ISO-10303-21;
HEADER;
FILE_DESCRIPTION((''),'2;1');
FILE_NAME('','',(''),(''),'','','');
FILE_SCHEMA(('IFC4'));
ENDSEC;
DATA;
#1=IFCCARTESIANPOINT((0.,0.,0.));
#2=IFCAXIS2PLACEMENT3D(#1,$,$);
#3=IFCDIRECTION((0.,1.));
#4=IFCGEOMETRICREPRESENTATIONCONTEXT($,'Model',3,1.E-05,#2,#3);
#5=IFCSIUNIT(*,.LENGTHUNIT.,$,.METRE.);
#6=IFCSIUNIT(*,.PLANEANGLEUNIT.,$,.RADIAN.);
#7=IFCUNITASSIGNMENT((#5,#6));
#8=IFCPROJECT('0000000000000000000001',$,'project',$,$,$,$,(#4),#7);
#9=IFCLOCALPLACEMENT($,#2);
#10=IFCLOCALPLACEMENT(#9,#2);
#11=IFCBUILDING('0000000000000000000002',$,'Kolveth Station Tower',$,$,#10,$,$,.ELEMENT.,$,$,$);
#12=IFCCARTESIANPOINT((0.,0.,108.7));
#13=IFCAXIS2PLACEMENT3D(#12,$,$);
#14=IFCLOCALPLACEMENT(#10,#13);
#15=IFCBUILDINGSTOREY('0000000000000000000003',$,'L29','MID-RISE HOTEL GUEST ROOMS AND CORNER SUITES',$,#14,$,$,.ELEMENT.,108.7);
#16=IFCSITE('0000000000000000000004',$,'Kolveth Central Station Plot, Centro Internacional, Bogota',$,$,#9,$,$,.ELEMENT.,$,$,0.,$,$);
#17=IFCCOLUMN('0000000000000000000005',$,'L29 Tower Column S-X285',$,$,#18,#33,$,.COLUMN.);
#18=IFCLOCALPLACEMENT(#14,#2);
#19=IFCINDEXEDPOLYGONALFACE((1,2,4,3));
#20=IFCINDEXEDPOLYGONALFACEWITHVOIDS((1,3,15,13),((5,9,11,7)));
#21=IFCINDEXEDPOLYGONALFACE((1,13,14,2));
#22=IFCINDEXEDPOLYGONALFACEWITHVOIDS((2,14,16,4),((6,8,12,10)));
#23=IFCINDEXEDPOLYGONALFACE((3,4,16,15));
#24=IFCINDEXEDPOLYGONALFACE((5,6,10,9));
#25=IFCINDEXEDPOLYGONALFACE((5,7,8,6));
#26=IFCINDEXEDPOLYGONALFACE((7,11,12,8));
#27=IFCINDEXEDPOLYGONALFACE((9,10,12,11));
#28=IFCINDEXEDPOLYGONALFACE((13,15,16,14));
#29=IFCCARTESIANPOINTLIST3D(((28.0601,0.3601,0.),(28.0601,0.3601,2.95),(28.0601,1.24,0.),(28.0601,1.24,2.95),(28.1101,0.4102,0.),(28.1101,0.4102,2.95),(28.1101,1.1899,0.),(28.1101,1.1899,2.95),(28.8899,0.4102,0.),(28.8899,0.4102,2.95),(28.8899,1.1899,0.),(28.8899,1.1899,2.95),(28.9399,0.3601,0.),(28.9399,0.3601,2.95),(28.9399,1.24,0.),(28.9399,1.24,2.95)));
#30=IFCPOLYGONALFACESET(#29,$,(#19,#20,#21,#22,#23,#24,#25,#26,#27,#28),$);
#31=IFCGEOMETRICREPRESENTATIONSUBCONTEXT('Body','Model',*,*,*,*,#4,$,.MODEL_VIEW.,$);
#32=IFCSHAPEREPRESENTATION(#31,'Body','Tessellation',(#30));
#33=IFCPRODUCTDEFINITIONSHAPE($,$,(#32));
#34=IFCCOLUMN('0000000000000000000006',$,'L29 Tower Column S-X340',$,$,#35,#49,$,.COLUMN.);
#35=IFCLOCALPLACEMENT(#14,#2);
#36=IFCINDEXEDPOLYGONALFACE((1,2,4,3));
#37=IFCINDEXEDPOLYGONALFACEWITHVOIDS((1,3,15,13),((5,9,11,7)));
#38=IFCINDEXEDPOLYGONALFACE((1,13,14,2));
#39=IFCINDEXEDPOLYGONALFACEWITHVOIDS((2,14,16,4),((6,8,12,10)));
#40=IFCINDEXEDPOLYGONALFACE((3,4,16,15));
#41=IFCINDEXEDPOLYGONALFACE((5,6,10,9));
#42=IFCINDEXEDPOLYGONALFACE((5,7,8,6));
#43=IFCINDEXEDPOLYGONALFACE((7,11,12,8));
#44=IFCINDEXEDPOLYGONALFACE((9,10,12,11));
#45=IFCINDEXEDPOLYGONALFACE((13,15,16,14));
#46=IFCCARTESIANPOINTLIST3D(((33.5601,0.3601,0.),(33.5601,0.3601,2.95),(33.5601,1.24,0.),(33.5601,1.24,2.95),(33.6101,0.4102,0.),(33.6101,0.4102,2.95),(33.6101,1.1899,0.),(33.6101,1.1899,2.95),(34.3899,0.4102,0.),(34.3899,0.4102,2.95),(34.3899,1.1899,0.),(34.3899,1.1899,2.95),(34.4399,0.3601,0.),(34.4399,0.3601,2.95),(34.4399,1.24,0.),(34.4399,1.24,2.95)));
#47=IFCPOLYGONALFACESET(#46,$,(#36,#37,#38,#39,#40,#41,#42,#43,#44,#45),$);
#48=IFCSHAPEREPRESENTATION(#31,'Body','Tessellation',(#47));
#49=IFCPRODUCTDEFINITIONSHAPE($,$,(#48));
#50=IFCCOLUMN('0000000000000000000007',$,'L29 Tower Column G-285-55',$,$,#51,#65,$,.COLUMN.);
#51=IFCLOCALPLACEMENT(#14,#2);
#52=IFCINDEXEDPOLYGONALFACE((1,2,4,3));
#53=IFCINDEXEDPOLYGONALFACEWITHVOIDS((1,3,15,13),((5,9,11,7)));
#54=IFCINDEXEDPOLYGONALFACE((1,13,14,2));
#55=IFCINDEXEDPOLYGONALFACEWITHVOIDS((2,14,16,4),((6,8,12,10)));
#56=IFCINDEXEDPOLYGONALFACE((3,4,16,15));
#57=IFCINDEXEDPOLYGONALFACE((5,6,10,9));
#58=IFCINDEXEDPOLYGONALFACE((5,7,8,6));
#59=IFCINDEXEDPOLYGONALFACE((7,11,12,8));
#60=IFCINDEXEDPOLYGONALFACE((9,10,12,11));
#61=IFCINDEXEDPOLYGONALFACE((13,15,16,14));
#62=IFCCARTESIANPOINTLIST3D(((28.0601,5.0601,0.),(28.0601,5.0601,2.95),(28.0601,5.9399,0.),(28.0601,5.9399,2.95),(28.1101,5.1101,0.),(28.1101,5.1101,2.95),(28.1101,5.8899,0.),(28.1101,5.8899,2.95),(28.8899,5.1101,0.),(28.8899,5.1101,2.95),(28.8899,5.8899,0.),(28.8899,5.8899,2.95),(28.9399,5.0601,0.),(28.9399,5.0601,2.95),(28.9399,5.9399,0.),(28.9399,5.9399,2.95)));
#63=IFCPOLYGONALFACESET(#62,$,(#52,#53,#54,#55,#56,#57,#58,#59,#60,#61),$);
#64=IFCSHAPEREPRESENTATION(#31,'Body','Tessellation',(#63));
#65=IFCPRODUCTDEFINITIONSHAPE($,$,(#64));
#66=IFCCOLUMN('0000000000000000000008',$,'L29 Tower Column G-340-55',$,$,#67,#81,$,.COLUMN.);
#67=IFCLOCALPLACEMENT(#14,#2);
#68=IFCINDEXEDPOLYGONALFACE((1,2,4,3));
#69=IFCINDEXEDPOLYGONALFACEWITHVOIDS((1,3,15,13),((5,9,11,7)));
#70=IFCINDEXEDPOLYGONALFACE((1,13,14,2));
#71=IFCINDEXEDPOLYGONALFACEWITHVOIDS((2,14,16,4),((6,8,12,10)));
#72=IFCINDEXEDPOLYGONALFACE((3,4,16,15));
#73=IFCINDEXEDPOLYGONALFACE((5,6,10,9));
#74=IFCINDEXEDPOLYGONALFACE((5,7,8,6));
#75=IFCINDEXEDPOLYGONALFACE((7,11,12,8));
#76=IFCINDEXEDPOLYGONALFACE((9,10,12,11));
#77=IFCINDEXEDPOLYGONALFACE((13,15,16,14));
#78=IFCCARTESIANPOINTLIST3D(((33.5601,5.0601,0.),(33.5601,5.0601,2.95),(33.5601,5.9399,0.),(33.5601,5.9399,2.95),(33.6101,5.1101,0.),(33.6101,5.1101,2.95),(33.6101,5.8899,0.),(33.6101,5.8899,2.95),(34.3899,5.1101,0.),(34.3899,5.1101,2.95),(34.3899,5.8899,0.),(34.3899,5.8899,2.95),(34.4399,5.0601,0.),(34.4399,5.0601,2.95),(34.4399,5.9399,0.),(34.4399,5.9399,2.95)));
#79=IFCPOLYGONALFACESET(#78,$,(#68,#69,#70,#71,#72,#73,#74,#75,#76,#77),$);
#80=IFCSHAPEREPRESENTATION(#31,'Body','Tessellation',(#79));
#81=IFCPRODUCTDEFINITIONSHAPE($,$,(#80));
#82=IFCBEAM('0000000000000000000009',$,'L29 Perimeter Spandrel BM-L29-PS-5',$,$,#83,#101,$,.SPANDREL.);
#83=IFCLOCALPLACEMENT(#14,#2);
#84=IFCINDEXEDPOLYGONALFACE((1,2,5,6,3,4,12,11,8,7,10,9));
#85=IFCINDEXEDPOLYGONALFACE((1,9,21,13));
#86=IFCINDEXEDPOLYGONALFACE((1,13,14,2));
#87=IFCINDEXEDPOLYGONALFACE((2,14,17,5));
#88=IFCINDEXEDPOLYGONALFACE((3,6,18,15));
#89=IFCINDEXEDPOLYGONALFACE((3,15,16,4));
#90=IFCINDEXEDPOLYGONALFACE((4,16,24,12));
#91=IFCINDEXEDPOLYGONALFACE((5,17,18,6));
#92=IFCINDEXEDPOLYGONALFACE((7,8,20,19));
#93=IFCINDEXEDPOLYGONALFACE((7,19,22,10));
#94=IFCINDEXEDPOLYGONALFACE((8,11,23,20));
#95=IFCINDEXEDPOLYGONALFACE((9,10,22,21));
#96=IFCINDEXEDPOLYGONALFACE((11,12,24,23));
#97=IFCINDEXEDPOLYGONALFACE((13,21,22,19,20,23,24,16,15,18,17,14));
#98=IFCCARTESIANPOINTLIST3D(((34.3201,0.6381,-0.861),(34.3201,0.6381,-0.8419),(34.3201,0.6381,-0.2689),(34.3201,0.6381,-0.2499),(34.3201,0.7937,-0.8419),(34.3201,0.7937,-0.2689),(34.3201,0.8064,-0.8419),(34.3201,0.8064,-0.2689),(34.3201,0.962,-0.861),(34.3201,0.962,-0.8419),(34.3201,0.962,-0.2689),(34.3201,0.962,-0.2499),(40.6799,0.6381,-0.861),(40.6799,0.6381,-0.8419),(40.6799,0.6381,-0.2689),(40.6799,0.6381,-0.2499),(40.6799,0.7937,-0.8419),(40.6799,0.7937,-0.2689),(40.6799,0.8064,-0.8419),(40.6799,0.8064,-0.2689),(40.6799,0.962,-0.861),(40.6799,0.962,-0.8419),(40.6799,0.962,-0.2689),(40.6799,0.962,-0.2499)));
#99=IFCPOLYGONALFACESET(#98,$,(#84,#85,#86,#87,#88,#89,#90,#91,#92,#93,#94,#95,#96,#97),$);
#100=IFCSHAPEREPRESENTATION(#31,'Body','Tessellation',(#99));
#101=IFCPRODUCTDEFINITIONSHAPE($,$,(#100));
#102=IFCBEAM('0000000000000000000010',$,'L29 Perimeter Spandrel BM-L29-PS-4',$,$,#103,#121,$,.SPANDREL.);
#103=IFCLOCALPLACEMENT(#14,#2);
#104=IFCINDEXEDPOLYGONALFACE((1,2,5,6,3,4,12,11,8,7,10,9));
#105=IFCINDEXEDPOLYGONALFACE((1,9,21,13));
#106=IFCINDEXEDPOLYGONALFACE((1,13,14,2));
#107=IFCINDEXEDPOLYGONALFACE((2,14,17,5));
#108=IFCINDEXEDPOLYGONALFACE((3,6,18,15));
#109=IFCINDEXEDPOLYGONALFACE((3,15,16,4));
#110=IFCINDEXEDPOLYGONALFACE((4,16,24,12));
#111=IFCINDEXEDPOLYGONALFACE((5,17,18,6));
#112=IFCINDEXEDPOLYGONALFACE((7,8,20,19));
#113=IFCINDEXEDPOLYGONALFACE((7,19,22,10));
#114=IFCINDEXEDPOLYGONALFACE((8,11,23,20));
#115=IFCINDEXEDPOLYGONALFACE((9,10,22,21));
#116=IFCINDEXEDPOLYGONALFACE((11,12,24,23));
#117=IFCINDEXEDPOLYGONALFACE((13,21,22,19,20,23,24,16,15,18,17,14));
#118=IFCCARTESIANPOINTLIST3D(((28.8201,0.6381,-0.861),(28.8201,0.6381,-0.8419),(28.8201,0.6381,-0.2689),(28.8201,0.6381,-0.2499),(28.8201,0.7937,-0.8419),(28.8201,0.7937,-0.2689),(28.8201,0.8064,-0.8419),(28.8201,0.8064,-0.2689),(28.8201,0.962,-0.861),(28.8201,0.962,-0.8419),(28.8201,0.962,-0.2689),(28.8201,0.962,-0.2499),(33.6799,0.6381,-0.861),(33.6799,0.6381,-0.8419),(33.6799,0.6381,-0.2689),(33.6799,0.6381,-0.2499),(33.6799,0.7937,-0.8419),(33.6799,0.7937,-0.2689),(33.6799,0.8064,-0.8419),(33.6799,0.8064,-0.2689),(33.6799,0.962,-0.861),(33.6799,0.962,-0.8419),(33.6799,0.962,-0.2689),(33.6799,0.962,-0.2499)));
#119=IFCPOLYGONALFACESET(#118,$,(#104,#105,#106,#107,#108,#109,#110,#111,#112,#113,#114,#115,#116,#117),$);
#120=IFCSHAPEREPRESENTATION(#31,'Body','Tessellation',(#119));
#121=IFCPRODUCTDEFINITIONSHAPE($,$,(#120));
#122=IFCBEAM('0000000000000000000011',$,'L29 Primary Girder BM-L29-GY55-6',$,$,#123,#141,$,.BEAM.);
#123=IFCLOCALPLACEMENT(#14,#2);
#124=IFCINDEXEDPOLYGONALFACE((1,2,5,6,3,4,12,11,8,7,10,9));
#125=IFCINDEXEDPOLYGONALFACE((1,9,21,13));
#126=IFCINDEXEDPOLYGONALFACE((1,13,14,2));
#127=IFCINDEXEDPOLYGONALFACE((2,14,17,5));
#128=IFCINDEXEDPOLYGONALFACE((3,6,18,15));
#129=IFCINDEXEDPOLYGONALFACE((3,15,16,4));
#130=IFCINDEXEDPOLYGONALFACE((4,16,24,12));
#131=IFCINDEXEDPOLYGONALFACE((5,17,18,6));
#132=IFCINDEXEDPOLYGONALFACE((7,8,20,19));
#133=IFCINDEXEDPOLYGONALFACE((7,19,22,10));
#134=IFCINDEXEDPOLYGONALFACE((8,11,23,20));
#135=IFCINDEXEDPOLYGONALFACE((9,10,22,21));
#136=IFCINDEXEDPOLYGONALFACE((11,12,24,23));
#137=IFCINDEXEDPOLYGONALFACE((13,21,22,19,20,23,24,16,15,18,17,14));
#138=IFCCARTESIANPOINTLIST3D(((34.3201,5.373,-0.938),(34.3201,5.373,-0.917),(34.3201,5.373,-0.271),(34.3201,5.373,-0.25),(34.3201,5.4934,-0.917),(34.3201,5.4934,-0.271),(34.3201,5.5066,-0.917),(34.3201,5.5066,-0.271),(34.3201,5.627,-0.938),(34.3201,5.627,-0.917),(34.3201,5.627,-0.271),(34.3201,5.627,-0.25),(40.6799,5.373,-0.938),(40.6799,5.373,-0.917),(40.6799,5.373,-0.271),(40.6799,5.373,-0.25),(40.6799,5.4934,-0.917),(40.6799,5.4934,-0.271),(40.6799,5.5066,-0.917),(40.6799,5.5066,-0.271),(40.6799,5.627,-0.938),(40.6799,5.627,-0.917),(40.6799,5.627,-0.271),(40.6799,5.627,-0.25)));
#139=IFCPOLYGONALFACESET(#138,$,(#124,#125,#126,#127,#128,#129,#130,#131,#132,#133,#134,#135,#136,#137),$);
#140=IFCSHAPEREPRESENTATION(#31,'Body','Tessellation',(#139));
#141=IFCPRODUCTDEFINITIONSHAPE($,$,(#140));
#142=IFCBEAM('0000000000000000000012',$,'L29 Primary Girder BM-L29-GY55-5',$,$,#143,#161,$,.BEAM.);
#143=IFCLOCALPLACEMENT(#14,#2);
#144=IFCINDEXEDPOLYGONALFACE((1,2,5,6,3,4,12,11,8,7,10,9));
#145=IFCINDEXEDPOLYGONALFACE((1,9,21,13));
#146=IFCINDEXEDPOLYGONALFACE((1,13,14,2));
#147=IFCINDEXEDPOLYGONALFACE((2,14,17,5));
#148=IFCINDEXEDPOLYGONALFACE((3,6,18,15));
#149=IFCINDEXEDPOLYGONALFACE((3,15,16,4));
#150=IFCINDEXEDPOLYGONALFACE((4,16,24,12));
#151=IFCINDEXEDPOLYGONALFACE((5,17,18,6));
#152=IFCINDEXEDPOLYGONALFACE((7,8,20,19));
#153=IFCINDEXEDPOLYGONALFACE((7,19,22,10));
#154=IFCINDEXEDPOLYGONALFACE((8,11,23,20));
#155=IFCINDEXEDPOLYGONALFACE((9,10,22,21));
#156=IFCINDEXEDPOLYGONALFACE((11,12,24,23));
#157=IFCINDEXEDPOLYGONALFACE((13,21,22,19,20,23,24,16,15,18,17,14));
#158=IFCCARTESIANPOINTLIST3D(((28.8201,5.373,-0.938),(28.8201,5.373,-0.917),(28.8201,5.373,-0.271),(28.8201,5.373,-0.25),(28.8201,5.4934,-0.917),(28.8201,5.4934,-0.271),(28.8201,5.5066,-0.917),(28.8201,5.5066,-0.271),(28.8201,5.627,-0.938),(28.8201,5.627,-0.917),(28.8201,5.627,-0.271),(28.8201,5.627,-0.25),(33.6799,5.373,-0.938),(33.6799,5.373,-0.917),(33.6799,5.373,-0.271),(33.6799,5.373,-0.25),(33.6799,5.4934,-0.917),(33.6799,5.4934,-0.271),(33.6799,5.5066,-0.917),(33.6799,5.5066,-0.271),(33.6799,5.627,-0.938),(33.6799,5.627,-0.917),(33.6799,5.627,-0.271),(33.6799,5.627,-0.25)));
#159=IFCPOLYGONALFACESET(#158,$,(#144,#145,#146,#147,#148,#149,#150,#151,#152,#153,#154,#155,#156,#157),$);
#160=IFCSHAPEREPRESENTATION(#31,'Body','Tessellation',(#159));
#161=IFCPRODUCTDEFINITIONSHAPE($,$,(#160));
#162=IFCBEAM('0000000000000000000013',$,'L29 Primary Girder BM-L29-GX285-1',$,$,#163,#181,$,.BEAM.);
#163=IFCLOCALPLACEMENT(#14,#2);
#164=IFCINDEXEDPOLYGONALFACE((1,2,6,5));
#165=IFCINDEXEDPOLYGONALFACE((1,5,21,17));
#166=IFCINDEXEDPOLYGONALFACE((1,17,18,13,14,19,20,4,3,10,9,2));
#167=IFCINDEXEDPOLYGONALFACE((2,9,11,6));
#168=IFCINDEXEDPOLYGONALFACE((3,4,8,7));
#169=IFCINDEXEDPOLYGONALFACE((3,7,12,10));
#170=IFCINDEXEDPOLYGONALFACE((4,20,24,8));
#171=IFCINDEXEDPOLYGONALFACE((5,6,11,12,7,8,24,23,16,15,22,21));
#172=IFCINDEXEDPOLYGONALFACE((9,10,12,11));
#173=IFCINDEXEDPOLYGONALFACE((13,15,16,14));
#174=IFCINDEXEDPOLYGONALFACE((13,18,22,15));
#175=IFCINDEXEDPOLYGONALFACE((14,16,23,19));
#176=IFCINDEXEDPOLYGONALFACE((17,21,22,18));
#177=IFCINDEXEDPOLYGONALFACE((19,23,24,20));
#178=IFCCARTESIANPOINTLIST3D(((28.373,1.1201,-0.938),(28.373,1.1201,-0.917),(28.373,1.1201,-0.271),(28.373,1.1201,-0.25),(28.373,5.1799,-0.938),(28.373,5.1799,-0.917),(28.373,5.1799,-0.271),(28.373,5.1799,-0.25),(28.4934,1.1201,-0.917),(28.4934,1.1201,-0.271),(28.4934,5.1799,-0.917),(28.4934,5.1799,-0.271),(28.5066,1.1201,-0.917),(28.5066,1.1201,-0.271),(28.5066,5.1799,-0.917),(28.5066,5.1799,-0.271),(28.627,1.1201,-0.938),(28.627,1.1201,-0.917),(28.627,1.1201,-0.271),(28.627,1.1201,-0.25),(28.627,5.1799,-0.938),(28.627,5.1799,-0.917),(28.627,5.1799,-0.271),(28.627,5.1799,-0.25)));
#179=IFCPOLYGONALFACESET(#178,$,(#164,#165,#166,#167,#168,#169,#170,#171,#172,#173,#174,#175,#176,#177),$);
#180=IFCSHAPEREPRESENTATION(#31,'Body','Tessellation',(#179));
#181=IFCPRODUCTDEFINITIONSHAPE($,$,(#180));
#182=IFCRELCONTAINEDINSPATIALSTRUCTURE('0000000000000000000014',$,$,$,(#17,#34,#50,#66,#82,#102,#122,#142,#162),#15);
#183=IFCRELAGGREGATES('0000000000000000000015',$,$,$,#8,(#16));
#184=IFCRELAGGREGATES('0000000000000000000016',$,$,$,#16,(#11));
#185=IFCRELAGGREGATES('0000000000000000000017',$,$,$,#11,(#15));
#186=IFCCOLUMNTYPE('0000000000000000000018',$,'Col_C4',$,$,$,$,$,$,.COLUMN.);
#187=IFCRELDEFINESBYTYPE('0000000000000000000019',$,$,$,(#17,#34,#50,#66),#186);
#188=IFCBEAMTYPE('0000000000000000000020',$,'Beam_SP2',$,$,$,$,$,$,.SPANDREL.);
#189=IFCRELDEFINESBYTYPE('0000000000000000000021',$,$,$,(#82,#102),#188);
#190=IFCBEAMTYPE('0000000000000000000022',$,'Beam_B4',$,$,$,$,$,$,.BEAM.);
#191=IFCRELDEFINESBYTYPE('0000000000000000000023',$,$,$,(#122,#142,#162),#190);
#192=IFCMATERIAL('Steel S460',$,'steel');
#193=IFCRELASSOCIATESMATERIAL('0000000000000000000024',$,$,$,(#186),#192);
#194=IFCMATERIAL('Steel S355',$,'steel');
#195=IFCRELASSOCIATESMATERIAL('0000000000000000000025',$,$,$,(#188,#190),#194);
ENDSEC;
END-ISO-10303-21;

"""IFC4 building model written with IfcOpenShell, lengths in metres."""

from ifc_helpers import new_model, si_unit, direction, frame, origin, origin_2d, place, context, subcontext, project, spatial, hollow_rectangle, i_section, extrude, source, transform, mapped, material, material_profile, profile_set, type_object, element, save


model = new_model("IFC4")

# Units and contexts
model_context = context("Model", 3, precision=1e-05, world=origin(), true_north=direction((0.0, 1.0)))
body_context = subcontext(model_context, "Body", "Model", "MODEL_VIEW")
ifc_project = project(units=[si_unit("LENGTHUNIT", "METRE"), si_unit("PLANEANGLEUNIT", "RADIAN")], contexts=[model_context])

# Site, building, storey
site_placement = place(None, origin())
site = spatial("IfcSite", under=ifc_project, at=site_placement, Name="Kolveth Central Station Plot, Centro Internacional, Bogota", CompositionType="ELEMENT", RefElevation=0.0)
building_placement = place(site_placement, origin())
building = spatial("IfcBuilding", under=site, at=building_placement, Name="Kolveth Station Tower", CompositionType="ELEMENT")
storey_placement = place(building_placement, frame((0.0, 0.0, 108.7)))
storey = spatial("IfcBuildingStorey", under=building, at=storey_placement, Name="L29", Description="MID-RISE HOTEL GUEST ROOMS AND CORNER SUITES", CompositionType="ELEMENT", Elevation=108.7)

# Columns
ifc_material_1 = material(Name="Steel S460", Category="steel")
ifc_material_profile_1 = material_profile(ifc_material_1, hollow_rectangle(XDim=0.8799, YDim=0.8799, WallThickness=0.05, at=origin_2d()), Name="BOX880x880x50")
ifc_profile_set_1 = profile_set([ifc_material_profile_1], Name="Steel S460")
column_type = type_object("IfcColumnType", Name="Col_C4", PredefinedType="COLUMN", material=ifc_profile_set_1)
shared_shape_1 = source(origin(), body_context, "Body", "SweptSolid", [
    extrude(hollow_rectangle(XDim=0.8799, YDim=0.8799, WallThickness=0.05, at=origin_2d()), origin(), (0.0, 0.0, 1.0), 2.95),
])
for number, where, z_axis, x_axis, name in (
    (1, (28.5, 0.8, 0.0), (0.0, 0.0, 1.0), (1.0, 0.0, 0.0), "L29 Tower Column S-X285"),
    (2, (34.0, 0.8, 0.0), (0.0, 0.0, 1.0), (1.0, 0.0, 0.0), "L29 Tower Column S-X340"),
    (3, (28.5, 5.5, 0.0), (0.0, 0.0, 1.0), (1.0, 0.0, 0.0), "L29 Tower Column G-285-55"),
    (4, (34.0, 5.5, 0.0), (0.0, 0.0, 1.0), (1.0, 0.0, 0.0), "L29 Tower Column G-340-55"),
):
    element("IfcColumn", number, at=place(storey_placement, frame(where, z_axis=z_axis, x_axis=x_axis)), inside=storey, type_object=column_type, Name=name, PredefinedType="COLUMN", context=body_context, shape_type="MappedRepresentation", body=[
        mapped(shared_shape_1, transform((0.0, 0.0, 0.0), x_axis=(1.0, 0.0, 0.0), y_axis=(0.0, 1.0, 0.0), z_axis=(0.0, 0.0, 1.0), scale=1.0)),
    ])

# Beams
ifc_material_2 = material(Name="Steel S355", Category="steel")
ifc_material_profile_2 = material_profile(ifc_material_2, i_section(OverallWidth=0.324, OverallDepth=0.6111, WebThickness=0.0127, FlangeThickness=0.019, at=origin_2d()), Name="W610x155")
ifc_profile_set_2 = profile_set([ifc_material_profile_2], Name="Steel S355")
beam_type_1 = type_object("IfcBeamType", Name="Beam_SP2", PredefinedType="SPANDREL", material=ifc_profile_set_2)
shared_shape_2 = source(origin(), body_context, "Body", "SweptSolid", [
    extrude(i_section(OverallWidth=0.324, OverallDepth=0.6111, WebThickness=0.0127, FlangeThickness=0.019, at=origin_2d()), origin(), (0.0, 0.0, 1.0), 6.3599),
])
beam_1_placement = place(storey_placement, frame((34.3201, 0.8, -0.5554), z_axis=(1.0, 0.0, 0.0), x_axis=(0.0, 1.0, 0.0)))
element("IfcBeam", 5, at=beam_1_placement, inside=storey, type_object=beam_type_1, Name="L29 Perimeter Spandrel BM-L29-PS-5", PredefinedType="SPANDREL", context=body_context, shape_type="MappedRepresentation", body=[
    mapped(shared_shape_2, transform((0.0, 0.0, 0.0), x_axis=(1.0, 0.0, 0.0), y_axis=(0.0, 1.0, 0.0), z_axis=(0.0, 0.0, 1.0), scale=1.0)),
])
shared_shape_3 = source(origin(), body_context, "Body", "SweptSolid", [
    extrude(i_section(OverallWidth=0.324, OverallDepth=0.6111, WebThickness=0.0127, FlangeThickness=0.019, at=origin_2d()), origin(), (0.0, 0.0, 1.0), 4.8599),
])
beam_2_placement = place(storey_placement, frame((28.8201, 0.8, -0.5554), z_axis=(1.0, 0.0, 0.0), x_axis=(0.0, 1.0, 0.0)))
element("IfcBeam", 6, at=beam_2_placement, inside=storey, type_object=beam_type_1, Name="L29 Perimeter Spandrel BM-L29-PS-4", PredefinedType="SPANDREL", context=body_context, shape_type="MappedRepresentation", body=[
    mapped(shared_shape_3, transform((0.0, 0.0, 0.0), x_axis=(1.0, 0.0, 0.0), y_axis=(0.0, 1.0, 0.0), z_axis=(0.0, 0.0, 1.0), scale=1.0)),
])
ifc_material_profile_3 = material_profile(ifc_material_2, i_section(OverallWidth=0.2539, OverallDepth=0.688, WebThickness=0.0132, FlangeThickness=0.021, at=origin_2d()), Name="W690x152")
ifc_profile_set_3 = profile_set([ifc_material_profile_3], Name="Steel S355")
beam_type_2 = type_object("IfcBeamType", Name="Beam_B4", PredefinedType="BEAM", material=ifc_profile_set_3)
shared_shape_4 = source(origin(), body_context, "Body", "SweptSolid", [
    extrude(i_section(OverallWidth=0.2539, OverallDepth=0.688, WebThickness=0.0132, FlangeThickness=0.021, at=origin_2d()), origin(), (0.0, 0.0, 1.0), 6.3599),
])
beam_3_placement = place(storey_placement, frame((34.3201, 5.5, -0.594), z_axis=(1.0, 0.0, 0.0), x_axis=(0.0, 1.0, 0.0)))
element("IfcBeam", 7, at=beam_3_placement, inside=storey, type_object=beam_type_2, Name="L29 Primary Girder BM-L29-GY55-6", PredefinedType="BEAM", context=body_context, shape_type="MappedRepresentation", body=[
    mapped(shared_shape_4, transform((0.0, 0.0, 0.0), x_axis=(1.0, 0.0, 0.0), y_axis=(0.0, 1.0, 0.0), z_axis=(0.0, 0.0, 1.0), scale=1.0)),
])
shared_shape_5 = source(origin(), body_context, "Body", "SweptSolid", [
    extrude(i_section(OverallWidth=0.2539, OverallDepth=0.688, WebThickness=0.0132, FlangeThickness=0.021, at=origin_2d()), origin(), (0.0, 0.0, 1.0), 4.8599),
])
beam_4_placement = place(storey_placement, frame((28.8201, 5.5, -0.594), z_axis=(1.0, 0.0, 0.0), x_axis=(0.0, 1.0, 0.0)))
element("IfcBeam", 8, at=beam_4_placement, inside=storey, type_object=beam_type_2, Name="L29 Primary Girder BM-L29-GY55-5", PredefinedType="BEAM", context=body_context, shape_type="MappedRepresentation", body=[
    mapped(shared_shape_5, transform((0.0, 0.0, 0.0), x_axis=(1.0, 0.0, 0.0), y_axis=(0.0, 1.0, 0.0), z_axis=(0.0, 0.0, 1.0), scale=1.0)),
])
shared_shape_6 = source(origin(), body_context, "Body", "SweptSolid", [
    extrude(i_section(OverallWidth=0.2539, OverallDepth=0.688, WebThickness=0.0132, FlangeThickness=0.021, at=origin_2d()), origin(), (0.0, 0.0, 1.0), 4.0598),
])
for number, where, z_axis, x_axis, name in (
    (9, (28.5, 1.1201, -0.594), (0.0, 1.0, 0.0), (-1.0, 0.0, 0.0), "L29 Primary Girder BM-L29-GX285-1"),
):
    element("IfcBeam", number, at=place(storey_placement, frame(where, z_axis=z_axis, x_axis=x_axis)), inside=storey, type_object=beam_type_2, Name=name, PredefinedType="BEAM", context=body_context, shape_type="MappedRepresentation", body=[
        mapped(shared_shape_6, transform((0.0, 0.0, 0.0), x_axis=(1.0, 0.0, 0.0), y_axis=(0.0, 1.0, 0.0), z_axis=(0.0, 0.0, 1.0), scale=1.0)),
    ])

save(model, "model.ifc")
